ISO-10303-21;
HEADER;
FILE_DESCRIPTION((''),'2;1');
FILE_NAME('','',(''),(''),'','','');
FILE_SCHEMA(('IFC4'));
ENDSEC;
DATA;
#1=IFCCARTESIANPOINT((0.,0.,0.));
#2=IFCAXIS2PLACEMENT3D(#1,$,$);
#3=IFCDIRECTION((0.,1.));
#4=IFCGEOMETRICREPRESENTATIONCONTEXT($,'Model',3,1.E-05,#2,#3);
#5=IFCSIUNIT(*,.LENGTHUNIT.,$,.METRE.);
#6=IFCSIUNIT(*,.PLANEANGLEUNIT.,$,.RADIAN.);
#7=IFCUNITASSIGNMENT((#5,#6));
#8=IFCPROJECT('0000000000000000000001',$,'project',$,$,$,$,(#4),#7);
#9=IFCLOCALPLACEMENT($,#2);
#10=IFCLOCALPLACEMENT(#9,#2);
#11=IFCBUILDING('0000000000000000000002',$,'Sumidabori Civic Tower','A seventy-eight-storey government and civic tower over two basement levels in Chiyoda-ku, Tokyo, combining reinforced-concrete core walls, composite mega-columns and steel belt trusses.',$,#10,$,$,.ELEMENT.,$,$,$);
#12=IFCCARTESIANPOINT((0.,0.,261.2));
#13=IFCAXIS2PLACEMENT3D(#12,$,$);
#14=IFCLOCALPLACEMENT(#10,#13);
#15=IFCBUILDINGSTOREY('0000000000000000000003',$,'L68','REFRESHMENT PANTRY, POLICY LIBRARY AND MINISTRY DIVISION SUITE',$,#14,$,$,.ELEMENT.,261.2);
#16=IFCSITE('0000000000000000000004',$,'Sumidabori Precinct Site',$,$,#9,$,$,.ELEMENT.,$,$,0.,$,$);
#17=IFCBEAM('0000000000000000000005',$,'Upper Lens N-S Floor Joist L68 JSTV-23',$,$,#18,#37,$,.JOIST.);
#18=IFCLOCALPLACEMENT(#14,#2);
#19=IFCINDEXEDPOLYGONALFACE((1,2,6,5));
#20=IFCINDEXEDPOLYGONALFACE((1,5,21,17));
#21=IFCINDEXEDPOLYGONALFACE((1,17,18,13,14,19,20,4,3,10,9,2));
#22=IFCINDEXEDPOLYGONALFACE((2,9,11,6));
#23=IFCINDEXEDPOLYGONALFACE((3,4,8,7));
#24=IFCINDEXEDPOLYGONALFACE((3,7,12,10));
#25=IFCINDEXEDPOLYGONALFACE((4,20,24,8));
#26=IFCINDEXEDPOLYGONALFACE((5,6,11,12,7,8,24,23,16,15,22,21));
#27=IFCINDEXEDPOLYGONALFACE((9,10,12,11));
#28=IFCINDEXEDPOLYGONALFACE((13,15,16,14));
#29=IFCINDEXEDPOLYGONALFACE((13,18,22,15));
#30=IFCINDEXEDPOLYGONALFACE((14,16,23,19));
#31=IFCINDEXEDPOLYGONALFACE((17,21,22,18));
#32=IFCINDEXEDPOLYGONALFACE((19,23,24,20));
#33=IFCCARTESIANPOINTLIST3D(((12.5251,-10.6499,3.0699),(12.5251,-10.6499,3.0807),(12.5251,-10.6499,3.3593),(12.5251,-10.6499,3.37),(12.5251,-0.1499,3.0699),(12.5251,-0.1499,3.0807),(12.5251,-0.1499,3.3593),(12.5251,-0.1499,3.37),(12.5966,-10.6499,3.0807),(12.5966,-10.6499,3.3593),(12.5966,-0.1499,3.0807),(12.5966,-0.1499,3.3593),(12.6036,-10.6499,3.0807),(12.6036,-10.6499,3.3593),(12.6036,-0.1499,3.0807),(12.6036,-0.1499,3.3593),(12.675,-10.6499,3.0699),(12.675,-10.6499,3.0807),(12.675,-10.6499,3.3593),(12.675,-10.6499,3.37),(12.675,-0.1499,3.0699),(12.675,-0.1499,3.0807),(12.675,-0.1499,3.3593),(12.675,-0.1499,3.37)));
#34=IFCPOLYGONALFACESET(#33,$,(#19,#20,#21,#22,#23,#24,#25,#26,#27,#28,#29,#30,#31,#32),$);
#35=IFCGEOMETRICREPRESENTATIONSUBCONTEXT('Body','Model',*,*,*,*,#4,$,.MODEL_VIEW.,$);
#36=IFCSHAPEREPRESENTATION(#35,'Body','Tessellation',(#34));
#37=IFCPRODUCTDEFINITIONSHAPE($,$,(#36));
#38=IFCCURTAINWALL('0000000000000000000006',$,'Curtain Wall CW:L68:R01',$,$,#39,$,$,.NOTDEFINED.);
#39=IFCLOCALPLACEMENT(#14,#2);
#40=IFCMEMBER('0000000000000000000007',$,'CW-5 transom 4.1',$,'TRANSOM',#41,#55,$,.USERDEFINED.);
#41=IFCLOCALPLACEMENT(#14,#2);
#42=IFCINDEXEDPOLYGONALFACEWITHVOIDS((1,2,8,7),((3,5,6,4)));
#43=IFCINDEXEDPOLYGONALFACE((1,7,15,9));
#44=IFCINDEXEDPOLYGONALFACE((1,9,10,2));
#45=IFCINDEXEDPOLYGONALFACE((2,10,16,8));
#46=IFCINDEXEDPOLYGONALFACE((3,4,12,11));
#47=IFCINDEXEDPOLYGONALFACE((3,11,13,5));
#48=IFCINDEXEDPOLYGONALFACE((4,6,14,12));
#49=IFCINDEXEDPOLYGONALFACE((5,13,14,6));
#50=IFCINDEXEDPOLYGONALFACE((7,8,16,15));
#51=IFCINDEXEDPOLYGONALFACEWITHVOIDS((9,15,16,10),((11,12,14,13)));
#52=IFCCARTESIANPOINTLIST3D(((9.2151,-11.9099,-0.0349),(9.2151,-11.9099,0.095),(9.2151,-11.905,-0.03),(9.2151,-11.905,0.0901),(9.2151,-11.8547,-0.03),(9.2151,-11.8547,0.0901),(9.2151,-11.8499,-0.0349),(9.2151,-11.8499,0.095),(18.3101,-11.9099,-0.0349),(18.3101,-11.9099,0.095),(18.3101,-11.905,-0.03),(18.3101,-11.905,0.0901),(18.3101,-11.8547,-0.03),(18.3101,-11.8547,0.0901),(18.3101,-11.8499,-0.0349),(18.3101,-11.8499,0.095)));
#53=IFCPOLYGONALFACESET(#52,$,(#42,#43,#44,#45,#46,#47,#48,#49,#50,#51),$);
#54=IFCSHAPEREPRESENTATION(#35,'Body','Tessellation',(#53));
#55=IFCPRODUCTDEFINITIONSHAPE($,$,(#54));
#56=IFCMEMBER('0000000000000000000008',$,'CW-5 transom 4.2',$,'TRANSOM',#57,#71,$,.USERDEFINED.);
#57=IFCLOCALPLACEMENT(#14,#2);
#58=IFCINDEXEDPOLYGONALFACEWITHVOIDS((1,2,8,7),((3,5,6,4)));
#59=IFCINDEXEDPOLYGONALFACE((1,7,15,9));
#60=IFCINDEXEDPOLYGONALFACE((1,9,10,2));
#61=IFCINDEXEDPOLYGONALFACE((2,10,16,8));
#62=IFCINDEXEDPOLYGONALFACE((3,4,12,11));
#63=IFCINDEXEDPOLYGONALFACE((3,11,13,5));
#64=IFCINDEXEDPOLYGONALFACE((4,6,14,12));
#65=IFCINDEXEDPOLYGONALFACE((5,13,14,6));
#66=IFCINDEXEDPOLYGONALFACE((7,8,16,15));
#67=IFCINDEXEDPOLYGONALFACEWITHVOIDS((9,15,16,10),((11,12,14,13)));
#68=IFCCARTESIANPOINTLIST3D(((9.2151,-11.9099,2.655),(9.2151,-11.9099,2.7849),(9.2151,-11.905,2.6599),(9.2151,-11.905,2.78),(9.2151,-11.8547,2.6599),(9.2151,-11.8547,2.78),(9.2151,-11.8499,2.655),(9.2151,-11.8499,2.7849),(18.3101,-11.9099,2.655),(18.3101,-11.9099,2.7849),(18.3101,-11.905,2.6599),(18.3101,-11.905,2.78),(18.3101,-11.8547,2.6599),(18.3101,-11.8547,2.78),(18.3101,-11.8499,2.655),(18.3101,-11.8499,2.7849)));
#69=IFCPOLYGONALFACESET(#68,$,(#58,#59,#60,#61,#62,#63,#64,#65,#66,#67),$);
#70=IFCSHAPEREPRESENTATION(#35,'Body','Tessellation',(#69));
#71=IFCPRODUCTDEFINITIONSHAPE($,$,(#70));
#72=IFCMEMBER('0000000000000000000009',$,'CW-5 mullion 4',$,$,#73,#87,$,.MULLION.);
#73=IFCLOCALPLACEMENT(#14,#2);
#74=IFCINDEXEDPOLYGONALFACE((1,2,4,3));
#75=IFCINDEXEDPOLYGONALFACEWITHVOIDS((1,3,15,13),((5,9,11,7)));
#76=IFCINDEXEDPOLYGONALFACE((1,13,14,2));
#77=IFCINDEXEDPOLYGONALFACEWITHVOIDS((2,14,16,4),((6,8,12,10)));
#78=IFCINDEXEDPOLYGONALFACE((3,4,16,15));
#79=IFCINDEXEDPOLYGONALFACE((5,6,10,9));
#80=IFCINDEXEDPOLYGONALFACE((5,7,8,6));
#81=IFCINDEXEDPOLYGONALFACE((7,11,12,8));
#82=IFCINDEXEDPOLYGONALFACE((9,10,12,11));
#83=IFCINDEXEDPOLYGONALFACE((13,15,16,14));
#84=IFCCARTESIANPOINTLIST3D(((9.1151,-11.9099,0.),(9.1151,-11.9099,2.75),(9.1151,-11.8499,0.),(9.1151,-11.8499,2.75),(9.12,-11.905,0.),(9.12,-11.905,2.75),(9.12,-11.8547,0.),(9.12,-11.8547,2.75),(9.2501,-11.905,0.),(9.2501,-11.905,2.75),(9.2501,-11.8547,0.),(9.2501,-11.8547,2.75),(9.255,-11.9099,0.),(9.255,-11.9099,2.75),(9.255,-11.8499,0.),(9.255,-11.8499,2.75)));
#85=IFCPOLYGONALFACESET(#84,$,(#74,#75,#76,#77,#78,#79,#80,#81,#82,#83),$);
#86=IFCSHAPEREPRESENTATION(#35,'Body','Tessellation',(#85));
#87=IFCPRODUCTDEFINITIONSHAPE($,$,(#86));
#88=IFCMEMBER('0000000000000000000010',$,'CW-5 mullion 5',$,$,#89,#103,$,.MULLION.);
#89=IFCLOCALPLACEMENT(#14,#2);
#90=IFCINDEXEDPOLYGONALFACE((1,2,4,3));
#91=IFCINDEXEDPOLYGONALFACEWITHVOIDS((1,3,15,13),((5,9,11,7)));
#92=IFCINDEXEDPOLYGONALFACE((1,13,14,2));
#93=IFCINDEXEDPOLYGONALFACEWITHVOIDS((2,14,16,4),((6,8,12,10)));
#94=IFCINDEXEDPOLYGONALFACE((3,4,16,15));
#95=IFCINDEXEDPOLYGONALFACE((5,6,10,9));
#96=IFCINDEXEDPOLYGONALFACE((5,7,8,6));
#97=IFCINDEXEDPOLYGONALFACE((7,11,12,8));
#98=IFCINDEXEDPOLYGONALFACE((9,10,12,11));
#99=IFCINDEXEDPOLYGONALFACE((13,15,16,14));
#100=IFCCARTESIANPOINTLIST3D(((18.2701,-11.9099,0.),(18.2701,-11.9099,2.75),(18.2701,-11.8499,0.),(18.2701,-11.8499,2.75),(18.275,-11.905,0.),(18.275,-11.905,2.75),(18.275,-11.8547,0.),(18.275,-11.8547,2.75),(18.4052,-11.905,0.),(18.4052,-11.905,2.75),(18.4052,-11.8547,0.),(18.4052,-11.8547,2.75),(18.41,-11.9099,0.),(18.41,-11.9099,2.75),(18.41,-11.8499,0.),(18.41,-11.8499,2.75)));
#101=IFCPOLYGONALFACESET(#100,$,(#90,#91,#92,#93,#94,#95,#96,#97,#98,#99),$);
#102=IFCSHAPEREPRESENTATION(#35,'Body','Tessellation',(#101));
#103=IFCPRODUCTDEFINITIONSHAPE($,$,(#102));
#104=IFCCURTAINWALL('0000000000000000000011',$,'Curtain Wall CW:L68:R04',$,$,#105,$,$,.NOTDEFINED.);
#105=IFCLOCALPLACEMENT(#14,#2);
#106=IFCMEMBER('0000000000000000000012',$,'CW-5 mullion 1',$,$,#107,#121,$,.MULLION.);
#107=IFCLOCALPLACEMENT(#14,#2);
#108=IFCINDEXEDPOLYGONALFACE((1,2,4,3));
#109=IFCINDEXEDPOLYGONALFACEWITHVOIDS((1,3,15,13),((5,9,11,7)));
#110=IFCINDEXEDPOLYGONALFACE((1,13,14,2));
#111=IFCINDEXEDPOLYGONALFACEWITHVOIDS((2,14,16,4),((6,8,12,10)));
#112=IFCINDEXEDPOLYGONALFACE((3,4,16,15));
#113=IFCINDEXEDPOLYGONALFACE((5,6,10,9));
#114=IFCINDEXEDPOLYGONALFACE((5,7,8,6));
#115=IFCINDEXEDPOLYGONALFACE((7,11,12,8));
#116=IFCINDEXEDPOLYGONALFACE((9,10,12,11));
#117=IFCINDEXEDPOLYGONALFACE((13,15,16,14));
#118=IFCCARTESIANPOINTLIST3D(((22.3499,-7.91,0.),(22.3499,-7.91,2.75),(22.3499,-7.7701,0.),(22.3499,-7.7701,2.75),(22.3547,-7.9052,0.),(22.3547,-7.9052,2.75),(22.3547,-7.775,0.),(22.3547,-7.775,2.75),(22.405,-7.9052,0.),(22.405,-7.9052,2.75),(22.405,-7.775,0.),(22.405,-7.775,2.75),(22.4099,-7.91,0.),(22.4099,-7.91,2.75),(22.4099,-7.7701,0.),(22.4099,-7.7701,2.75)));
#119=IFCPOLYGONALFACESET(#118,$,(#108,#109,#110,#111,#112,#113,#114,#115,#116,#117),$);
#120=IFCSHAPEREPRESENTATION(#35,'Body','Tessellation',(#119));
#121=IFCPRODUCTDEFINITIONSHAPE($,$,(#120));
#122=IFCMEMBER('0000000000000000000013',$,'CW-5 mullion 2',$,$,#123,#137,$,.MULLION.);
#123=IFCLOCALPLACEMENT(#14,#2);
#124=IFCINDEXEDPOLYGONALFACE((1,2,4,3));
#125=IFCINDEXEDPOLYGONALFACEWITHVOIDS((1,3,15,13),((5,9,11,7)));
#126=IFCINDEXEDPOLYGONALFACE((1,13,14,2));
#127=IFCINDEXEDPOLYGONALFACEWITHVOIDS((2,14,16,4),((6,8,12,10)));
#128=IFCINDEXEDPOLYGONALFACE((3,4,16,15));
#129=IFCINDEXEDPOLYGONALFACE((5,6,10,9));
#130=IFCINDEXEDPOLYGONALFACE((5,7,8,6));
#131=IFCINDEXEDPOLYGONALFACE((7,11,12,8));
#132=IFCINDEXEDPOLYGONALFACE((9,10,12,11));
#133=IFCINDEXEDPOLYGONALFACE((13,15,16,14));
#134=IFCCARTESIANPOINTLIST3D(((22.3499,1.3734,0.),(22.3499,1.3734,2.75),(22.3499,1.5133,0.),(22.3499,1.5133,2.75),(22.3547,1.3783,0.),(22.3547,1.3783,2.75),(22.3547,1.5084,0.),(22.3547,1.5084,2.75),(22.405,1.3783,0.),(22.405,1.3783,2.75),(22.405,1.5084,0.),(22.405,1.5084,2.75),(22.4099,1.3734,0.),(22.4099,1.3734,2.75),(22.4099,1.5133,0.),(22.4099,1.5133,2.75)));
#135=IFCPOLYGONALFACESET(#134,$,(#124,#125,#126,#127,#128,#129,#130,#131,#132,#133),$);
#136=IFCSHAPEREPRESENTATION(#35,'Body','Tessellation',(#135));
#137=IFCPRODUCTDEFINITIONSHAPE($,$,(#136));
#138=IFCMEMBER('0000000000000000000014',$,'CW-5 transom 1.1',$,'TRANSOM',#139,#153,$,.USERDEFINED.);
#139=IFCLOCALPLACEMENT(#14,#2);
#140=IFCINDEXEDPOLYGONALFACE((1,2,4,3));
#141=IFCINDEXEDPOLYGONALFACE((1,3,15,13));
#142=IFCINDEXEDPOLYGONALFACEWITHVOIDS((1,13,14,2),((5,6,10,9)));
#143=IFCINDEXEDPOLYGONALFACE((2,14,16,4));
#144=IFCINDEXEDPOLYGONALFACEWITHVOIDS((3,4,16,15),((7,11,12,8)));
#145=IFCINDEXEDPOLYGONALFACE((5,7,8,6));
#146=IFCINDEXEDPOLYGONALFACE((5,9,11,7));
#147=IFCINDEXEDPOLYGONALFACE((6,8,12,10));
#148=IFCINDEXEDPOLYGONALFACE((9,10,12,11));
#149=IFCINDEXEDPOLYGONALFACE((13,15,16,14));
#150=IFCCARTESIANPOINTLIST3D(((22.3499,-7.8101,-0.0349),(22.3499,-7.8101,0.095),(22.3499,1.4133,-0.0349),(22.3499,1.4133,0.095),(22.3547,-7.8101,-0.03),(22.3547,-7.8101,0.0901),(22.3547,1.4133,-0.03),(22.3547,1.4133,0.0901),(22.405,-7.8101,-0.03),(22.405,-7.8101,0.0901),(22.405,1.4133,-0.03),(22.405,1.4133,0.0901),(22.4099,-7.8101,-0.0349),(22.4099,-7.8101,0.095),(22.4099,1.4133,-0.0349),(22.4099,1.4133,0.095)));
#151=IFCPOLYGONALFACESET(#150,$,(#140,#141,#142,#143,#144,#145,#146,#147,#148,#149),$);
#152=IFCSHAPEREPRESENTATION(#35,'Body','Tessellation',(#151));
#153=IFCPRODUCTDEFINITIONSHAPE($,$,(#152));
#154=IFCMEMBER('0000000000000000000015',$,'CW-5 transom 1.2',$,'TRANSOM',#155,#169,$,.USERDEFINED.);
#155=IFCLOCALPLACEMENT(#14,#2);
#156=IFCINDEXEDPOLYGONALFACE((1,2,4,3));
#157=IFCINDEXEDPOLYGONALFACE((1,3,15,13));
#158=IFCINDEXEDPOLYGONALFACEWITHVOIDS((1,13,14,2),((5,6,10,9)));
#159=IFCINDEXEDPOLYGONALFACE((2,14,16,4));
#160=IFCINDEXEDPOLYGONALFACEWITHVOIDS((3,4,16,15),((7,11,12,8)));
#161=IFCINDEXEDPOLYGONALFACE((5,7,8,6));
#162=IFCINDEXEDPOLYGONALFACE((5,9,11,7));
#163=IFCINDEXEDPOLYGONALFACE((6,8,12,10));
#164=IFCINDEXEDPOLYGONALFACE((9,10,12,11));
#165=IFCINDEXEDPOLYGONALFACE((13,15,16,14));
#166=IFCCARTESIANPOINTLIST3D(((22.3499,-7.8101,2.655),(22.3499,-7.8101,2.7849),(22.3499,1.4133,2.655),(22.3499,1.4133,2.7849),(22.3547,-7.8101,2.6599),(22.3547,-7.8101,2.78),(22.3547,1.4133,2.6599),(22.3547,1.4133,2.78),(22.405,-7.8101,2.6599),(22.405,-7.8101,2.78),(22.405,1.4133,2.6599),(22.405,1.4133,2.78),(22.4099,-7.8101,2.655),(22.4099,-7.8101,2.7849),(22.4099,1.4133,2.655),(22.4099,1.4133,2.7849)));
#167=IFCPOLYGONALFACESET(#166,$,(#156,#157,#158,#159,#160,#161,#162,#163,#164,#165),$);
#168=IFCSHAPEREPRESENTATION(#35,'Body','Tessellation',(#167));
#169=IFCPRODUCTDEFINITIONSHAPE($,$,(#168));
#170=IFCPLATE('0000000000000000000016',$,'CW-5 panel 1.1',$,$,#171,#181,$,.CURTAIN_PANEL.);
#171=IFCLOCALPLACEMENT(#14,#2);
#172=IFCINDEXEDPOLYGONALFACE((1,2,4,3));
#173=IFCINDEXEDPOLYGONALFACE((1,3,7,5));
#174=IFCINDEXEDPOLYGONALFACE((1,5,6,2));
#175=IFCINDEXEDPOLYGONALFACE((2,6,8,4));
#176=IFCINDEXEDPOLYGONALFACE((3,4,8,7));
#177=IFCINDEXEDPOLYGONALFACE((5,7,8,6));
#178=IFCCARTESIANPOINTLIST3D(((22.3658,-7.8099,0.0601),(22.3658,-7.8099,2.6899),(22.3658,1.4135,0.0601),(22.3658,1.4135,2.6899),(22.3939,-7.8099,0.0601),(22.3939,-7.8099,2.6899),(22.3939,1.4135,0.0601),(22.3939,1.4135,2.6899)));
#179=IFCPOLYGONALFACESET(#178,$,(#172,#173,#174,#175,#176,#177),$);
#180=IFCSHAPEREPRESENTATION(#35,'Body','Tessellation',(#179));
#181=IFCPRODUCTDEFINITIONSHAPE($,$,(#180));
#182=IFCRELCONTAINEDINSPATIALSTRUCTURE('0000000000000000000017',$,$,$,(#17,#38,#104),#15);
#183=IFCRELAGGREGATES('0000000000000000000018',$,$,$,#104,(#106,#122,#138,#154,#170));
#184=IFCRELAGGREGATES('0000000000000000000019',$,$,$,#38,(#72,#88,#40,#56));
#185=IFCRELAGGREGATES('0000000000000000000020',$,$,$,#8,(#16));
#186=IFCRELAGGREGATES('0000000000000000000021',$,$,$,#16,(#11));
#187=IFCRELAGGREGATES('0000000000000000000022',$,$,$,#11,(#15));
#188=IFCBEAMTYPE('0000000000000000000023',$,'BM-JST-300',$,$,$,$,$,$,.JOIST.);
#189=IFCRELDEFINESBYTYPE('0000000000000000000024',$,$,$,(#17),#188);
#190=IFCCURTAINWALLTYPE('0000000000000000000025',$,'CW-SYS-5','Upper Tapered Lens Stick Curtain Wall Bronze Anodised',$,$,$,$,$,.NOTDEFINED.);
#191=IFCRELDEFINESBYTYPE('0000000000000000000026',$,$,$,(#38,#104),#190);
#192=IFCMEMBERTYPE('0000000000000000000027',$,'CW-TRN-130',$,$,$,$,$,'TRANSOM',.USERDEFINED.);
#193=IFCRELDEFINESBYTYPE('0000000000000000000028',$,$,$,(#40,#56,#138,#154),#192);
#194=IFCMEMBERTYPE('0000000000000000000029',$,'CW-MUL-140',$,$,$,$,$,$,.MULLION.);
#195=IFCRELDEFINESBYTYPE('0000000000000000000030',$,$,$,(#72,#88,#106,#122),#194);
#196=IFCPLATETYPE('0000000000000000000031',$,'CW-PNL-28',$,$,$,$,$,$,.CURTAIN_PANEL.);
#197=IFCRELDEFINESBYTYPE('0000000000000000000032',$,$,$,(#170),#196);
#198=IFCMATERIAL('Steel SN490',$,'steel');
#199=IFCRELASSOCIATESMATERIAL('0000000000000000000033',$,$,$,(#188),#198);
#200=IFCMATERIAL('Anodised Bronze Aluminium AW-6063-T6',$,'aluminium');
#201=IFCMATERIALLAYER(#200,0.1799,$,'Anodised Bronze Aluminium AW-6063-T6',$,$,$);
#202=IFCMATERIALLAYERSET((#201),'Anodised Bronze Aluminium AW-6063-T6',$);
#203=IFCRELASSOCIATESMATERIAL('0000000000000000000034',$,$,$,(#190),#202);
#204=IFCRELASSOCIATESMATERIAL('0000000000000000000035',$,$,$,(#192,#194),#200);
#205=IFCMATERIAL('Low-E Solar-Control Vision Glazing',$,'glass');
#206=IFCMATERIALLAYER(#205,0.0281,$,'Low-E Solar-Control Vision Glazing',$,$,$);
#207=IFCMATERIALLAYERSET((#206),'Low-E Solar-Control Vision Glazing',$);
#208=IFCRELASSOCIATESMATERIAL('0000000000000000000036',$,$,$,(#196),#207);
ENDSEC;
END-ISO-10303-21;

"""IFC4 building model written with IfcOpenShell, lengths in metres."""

from ifc_helpers import new_model, si_unit, direction, frame, origin, origin_2d, place, context, subcontext, project, spatial, rectangle, hollow_rectangle, i_section, extrude, source, transform, mapped, material, layer, layer_set, material_profile, profile_set, type_object, element, aggregate, save


model = new_model("IFC4")

# Units and contexts
model_context = context("Model", 3, precision=1e-05, world=origin(), true_north=direction((0.0, 1.0)))
body_context = subcontext(model_context, "Body", "Model", "MODEL_VIEW")
ifc_project = project(units=[si_unit("LENGTHUNIT", "METRE"), si_unit("PLANEANGLEUNIT", "RADIAN")], contexts=[model_context])

# Site, building, storey
site_placement = place(None, origin())
site = spatial("IfcSite", under=ifc_project, at=site_placement, Name="Sumidabori Precinct Site", CompositionType="ELEMENT", RefElevation=0.0)
building_placement = place(site_placement, origin())
building = spatial("IfcBuilding", under=site, at=building_placement, Name="Sumidabori Civic Tower", Description="A seventy-eight-storey government and civic tower over two basement levels in Chiyoda-ku, Tokyo, combining reinforced-concrete core walls, composite mega-columns and steel belt trusses.", CompositionType="ELEMENT")
storey_placement = place(building_placement, frame((0.0, 0.0, 261.2)))
storey = spatial("IfcBuildingStorey", under=building, at=storey_placement, Name="L68", Description="REFRESHMENT PANTRY, POLICY LIBRARY AND MINISTRY DIVISION SUITE", CompositionType="ELEMENT", Elevation=261.2)

# Beam
ifc_material_1 = material(Name="Steel SN490", Category="steel")
ifc_material_profile_1 = material_profile(ifc_material_1, i_section(OverallWidth=0.1499, OverallDepth=0.3, WebThickness=0.0071, FlangeThickness=0.0107, at=origin_2d()), Name="IPE 300")
ifc_profile_set_1 = profile_set([ifc_material_profile_1], Name="Steel SN490")
beam_type_1 = type_object("IfcBeamType", Name="BM-JST-300", PredefinedType="JOIST", material=ifc_profile_set_1)
shared_shape_1 = source(origin(), body_context, "Body", "SweptSolid", [
    extrude(i_section(OverallWidth=0.1499, OverallDepth=0.3, WebThickness=0.0071, FlangeThickness=0.0107, at=origin_2d()), origin(), (0.0, 0.0, 1.0), 10.5),
])
beam_1_placement = place(storey_placement, frame((12.6001, -10.6499, 3.22), z_axis=(0.0, 1.0, 0.0), x_axis=(-1.0, 0.0, 0.0)))
element("IfcBeam", 1, at=beam_1_placement, inside=storey, type_object=beam_type_1, Name="Upper Lens N-S Floor Joist L68 JSTV-23", PredefinedType="JOIST", context=body_context, shape_type="MappedRepresentation", body=[
    mapped(shared_shape_1, transform((0.0, 0.0, 0.0), x_axis=(1.0, 0.0, 0.0), y_axis=(0.0, 1.0, 0.0), z_axis=(0.0, 0.0, 1.0), scale=1.0)),
])

# Curtain wall, members
ifc_material_2 = material(Name="Anodised Bronze Aluminium AW-6063-T6", Category="aluminium")
ifc_layer_1 = layer(ifc_material_2, 0.1799, Name="Anodised Bronze Aluminium AW-6063-T6")
ifc_layer_set_1 = layer_set([ifc_layer_1], Name="Anodised Bronze Aluminium AW-6063-T6")
curtain_wall_type = type_object("IfcCurtainWallType", Name="CW-SYS-5", Description="Upper Tapered Lens Stick Curtain Wall Bronze Anodised", PredefinedType="NOTDEFINED", material=ifc_layer_set_1)
curtain_wall_1_placement = place(storey_placement, origin())
curtain_wall_1 = element("IfcCurtainWall", 2, at=curtain_wall_1_placement, inside=storey, type_object=curtain_wall_type, Name="Curtain Wall CW:L68:R01", PredefinedType="NOTDEFINED")
ifc_material_profile_2 = material_profile(ifc_material_2, hollow_rectangle(XDim=0.0601, YDim=0.1299, WallThickness=0.0049, at=origin_2d()), Name="ALU TRANSOM 130x60")
ifc_profile_set_2 = profile_set([ifc_material_profile_2], Name="Anodised Bronze Aluminium AW-6063-T6")
member_type_1 = type_object("IfcMemberType", Name="CW-TRN-130", ElementType="TRANSOM", PredefinedType="USERDEFINED", material=ifc_profile_set_2)
shared_shape_2 = source(origin(), body_context, "Body", "SweptSolid", [
    extrude(hollow_rectangle(XDim=0.0601, YDim=0.1299, WallThickness=0.0049, at=origin_2d()), origin(), (0.0, 0.0, 1.0), 9.095),
])
member_1_placement = place(storey_placement, frame((9.2151, -11.8799, 0.03), z_axis=(1.0, 0.0, 0.0), x_axis=(0.0, 1.0, 0.0)))
member_1 = element("IfcMember", 3, at=member_1_placement, type_object=member_type_1, Name="CW-5 transom 4.1", ObjectType="TRANSOM", PredefinedType="USERDEFINED", context=body_context, shape_type="MappedRepresentation", body=[
    mapped(shared_shape_2, transform((0.0, 0.0, 0.0), x_axis=(1.0, 0.0, 0.0), y_axis=(0.0, 1.0, 0.0), z_axis=(0.0, 0.0, 1.0), scale=1.0)),
])
member_2_placement = place(storey_placement, frame((9.2151, -11.8799, 2.72), z_axis=(1.0, 0.0, 0.0), x_axis=(0.0, 1.0, 0.0)))
member_2 = element("IfcMember", 4, at=member_2_placement, type_object=member_type_1, Name="CW-5 transom 4.2", ObjectType="TRANSOM", PredefinedType="USERDEFINED", context=body_context, shape_type="MappedRepresentation", body=[
    mapped(shared_shape_2, transform((0.0, 0.0, 0.0), x_axis=(1.0, 0.0, 0.0), y_axis=(0.0, 1.0, 0.0), z_axis=(0.0, 0.0, 1.0), scale=1.0)),
])
ifc_material_profile_3 = material_profile(ifc_material_2, hollow_rectangle(XDim=0.0601, YDim=0.1399, WallThickness=0.0049, at=origin_2d()), Name="ALU MULLION 140x60")
ifc_profile_set_3 = profile_set([ifc_material_profile_3], Name="Anodised Bronze Aluminium AW-6063-T6")
member_type_2 = type_object("IfcMemberType", Name="CW-MUL-140", PredefinedType="MULLION", material=ifc_profile_set_3)
shared_shape_3 = source(origin(), body_context, "Body", "SweptSolid", [
    extrude(hollow_rectangle(XDim=0.0601, YDim=0.1399, WallThickness=0.0049, at=origin_2d()), origin(), (0.0, 0.0, 1.0), 2.75),
])
member_3_placement = place(storey_placement, frame((9.1851, -11.8799, 0.0), z_axis=(0.0, 0.0, 1.0), x_axis=(0.0, 1.0, 0.0)))
member_3 = element("IfcMember", 5, at=member_3_placement, type_object=member_type_2, Name="CW-5 mullion 4", PredefinedType="MULLION", context=body_context, shape_type="MappedRepresentation", body=[
    mapped(shared_shape_3, transform((0.0, 0.0, 0.0), x_axis=(1.0, 0.0, 0.0), y_axis=(0.0, 1.0, 0.0), z_axis=(0.0, 0.0, 1.0), scale=1.0)),
])
member_4_placement = place(storey_placement, frame((18.3401, -11.8799, 0.0), z_axis=(0.0, 0.0, 1.0), x_axis=(0.0, 1.0, 0.0)))
member_4 = element("IfcMember", 6, at=member_4_placement, type_object=member_type_2, Name="CW-5 mullion 5", PredefinedType="MULLION", context=body_context, shape_type="MappedRepresentation", body=[
    mapped(shared_shape_3, transform((0.0, 0.0, 0.0), x_axis=(1.0, 0.0, 0.0), y_axis=(0.0, 1.0, 0.0), z_axis=(0.0, 0.0, 1.0), scale=1.0)),
])

# Curtain wall, members, plate
curtain_wall_2_placement = place(storey_placement, origin())
curtain_wall_2 = element("IfcCurtainWall", 7, at=curtain_wall_2_placement, inside=storey, type_object=curtain_wall_type, Name="Curtain Wall CW:L68:R04", PredefinedType="NOTDEFINED")
member_5_placement = place(storey_placement, frame((22.3799, -7.8401, 0.0), z_axis=(0.0, 0.0, 1.0), x_axis=(-1.0, 0.0, 0.0)))
member_5 = element("IfcMember", 8, at=member_5_placement, type_object=member_type_2, Name="CW-5 mullion 1", PredefinedType="MULLION", context=body_context, shape_type="MappedRepresentation", body=[
    mapped(shared_shape_3, transform((0.0, 0.0, 0.0), x_axis=(1.0, 0.0, 0.0), y_axis=(0.0, 1.0, 0.0), z_axis=(0.0, 0.0, 1.0), scale=1.0)),
])
member_6_placement = place(storey_placement, frame((22.3799, 1.4434, 0.0), z_axis=(0.0, 0.0, 1.0), x_axis=(-1.0, 0.0, 0.0)))
member_6 = element("IfcMember", 9, at=member_6_placement, type_object=member_type_2, Name="CW-5 mullion 2", PredefinedType="MULLION", context=body_context, shape_type="MappedRepresentation", body=[
    mapped(shared_shape_3, transform((0.0, 0.0, 0.0), x_axis=(1.0, 0.0, 0.0), y_axis=(0.0, 1.0, 0.0), z_axis=(0.0, 0.0, 1.0), scale=1.0)),
])
shared_shape_4 = source(origin(), body_context, "Body", "SweptSolid", [
    extrude(hollow_rectangle(XDim=0.0601, YDim=0.1299, WallThickness=0.0049, at=origin_2d()), origin(), (0.0, 0.0, 1.0), 9.2234),
])
member_7_placement = place(storey_placement, frame((22.3799, -7.8101, 0.03), z_axis=(0.0, 1.0, 0.0), x_axis=(-1.0, 0.0, 0.0)))
member_7 = element("IfcMember", 10, at=member_7_placement, type_object=member_type_1, Name="CW-5 transom 1.1", ObjectType="TRANSOM", PredefinedType="USERDEFINED", context=body_context, shape_type="MappedRepresentation", body=[
    mapped(shared_shape_4, transform((0.0, 0.0, 0.0), x_axis=(1.0, 0.0, 0.0), y_axis=(0.0, 1.0, 0.0), z_axis=(0.0, 0.0, 1.0), scale=1.0)),
])
member_8_placement = place(storey_placement, frame((22.3799, -7.8101, 2.72), z_axis=(0.0, 1.0, 0.0), x_axis=(-1.0, 0.0, 0.0)))
member_8 = element("IfcMember", 11, at=member_8_placement, type_object=member_type_1, Name="CW-5 transom 1.2", ObjectType="TRANSOM", PredefinedType="USERDEFINED", context=body_context, shape_type="MappedRepresentation", body=[
    mapped(shared_shape_4, transform((0.0, 0.0, 0.0), x_axis=(1.0, 0.0, 0.0), y_axis=(0.0, 1.0, 0.0), z_axis=(0.0, 0.0, 1.0), scale=1.0)),
])
ifc_material_3 = material(Name="Low-E Solar-Control Vision Glazing", Category="glass")
ifc_layer_2 = layer(ifc_material_3, 0.0281, Name="Low-E Solar-Control Vision Glazing")
ifc_layer_set_2 = layer_set([ifc_layer_2], Name="Low-E Solar-Control Vision Glazing")
plate_type = type_object("IfcPlateType", Name="CW-PNL-28", PredefinedType="CURTAIN_PANEL", material=ifc_layer_set_2)
shared_shape_5 = source(origin(), body_context, "Body", "SweptSolid", [
    extrude(rectangle(XDim=9.2234, YDim=0.0281, at=origin_2d()), origin(), (0.0, 0.0, 1.0), 2.6299),
])
plate_1_placement = place(storey_placement, frame((22.3799, -3.1982, 0.0601), z_axis=(0.0, 0.0, 1.0), x_axis=(0.0, 1.0, 0.0)))
plate_1 = element("IfcPlate", 12, at=plate_1_placement, type_object=plate_type, Name="CW-5 panel 1.1", PredefinedType="CURTAIN_PANEL", context=body_context, shape_type="MappedRepresentation", body=[
    mapped(shared_shape_5, transform((0.0, 0.0, 0.0), x_axis=(1.0, 0.0, 0.0), y_axis=(0.0, 1.0, 0.0), z_axis=(0.0, 0.0, 1.0), scale=1.0)),
])
aggregate(curtain_wall_2, [member_5, member_6, member_7, member_8, plate_1])

aggregate(curtain_wall_1, [member_3, member_4, member_1, member_2])

save(model, "model.ifc")
